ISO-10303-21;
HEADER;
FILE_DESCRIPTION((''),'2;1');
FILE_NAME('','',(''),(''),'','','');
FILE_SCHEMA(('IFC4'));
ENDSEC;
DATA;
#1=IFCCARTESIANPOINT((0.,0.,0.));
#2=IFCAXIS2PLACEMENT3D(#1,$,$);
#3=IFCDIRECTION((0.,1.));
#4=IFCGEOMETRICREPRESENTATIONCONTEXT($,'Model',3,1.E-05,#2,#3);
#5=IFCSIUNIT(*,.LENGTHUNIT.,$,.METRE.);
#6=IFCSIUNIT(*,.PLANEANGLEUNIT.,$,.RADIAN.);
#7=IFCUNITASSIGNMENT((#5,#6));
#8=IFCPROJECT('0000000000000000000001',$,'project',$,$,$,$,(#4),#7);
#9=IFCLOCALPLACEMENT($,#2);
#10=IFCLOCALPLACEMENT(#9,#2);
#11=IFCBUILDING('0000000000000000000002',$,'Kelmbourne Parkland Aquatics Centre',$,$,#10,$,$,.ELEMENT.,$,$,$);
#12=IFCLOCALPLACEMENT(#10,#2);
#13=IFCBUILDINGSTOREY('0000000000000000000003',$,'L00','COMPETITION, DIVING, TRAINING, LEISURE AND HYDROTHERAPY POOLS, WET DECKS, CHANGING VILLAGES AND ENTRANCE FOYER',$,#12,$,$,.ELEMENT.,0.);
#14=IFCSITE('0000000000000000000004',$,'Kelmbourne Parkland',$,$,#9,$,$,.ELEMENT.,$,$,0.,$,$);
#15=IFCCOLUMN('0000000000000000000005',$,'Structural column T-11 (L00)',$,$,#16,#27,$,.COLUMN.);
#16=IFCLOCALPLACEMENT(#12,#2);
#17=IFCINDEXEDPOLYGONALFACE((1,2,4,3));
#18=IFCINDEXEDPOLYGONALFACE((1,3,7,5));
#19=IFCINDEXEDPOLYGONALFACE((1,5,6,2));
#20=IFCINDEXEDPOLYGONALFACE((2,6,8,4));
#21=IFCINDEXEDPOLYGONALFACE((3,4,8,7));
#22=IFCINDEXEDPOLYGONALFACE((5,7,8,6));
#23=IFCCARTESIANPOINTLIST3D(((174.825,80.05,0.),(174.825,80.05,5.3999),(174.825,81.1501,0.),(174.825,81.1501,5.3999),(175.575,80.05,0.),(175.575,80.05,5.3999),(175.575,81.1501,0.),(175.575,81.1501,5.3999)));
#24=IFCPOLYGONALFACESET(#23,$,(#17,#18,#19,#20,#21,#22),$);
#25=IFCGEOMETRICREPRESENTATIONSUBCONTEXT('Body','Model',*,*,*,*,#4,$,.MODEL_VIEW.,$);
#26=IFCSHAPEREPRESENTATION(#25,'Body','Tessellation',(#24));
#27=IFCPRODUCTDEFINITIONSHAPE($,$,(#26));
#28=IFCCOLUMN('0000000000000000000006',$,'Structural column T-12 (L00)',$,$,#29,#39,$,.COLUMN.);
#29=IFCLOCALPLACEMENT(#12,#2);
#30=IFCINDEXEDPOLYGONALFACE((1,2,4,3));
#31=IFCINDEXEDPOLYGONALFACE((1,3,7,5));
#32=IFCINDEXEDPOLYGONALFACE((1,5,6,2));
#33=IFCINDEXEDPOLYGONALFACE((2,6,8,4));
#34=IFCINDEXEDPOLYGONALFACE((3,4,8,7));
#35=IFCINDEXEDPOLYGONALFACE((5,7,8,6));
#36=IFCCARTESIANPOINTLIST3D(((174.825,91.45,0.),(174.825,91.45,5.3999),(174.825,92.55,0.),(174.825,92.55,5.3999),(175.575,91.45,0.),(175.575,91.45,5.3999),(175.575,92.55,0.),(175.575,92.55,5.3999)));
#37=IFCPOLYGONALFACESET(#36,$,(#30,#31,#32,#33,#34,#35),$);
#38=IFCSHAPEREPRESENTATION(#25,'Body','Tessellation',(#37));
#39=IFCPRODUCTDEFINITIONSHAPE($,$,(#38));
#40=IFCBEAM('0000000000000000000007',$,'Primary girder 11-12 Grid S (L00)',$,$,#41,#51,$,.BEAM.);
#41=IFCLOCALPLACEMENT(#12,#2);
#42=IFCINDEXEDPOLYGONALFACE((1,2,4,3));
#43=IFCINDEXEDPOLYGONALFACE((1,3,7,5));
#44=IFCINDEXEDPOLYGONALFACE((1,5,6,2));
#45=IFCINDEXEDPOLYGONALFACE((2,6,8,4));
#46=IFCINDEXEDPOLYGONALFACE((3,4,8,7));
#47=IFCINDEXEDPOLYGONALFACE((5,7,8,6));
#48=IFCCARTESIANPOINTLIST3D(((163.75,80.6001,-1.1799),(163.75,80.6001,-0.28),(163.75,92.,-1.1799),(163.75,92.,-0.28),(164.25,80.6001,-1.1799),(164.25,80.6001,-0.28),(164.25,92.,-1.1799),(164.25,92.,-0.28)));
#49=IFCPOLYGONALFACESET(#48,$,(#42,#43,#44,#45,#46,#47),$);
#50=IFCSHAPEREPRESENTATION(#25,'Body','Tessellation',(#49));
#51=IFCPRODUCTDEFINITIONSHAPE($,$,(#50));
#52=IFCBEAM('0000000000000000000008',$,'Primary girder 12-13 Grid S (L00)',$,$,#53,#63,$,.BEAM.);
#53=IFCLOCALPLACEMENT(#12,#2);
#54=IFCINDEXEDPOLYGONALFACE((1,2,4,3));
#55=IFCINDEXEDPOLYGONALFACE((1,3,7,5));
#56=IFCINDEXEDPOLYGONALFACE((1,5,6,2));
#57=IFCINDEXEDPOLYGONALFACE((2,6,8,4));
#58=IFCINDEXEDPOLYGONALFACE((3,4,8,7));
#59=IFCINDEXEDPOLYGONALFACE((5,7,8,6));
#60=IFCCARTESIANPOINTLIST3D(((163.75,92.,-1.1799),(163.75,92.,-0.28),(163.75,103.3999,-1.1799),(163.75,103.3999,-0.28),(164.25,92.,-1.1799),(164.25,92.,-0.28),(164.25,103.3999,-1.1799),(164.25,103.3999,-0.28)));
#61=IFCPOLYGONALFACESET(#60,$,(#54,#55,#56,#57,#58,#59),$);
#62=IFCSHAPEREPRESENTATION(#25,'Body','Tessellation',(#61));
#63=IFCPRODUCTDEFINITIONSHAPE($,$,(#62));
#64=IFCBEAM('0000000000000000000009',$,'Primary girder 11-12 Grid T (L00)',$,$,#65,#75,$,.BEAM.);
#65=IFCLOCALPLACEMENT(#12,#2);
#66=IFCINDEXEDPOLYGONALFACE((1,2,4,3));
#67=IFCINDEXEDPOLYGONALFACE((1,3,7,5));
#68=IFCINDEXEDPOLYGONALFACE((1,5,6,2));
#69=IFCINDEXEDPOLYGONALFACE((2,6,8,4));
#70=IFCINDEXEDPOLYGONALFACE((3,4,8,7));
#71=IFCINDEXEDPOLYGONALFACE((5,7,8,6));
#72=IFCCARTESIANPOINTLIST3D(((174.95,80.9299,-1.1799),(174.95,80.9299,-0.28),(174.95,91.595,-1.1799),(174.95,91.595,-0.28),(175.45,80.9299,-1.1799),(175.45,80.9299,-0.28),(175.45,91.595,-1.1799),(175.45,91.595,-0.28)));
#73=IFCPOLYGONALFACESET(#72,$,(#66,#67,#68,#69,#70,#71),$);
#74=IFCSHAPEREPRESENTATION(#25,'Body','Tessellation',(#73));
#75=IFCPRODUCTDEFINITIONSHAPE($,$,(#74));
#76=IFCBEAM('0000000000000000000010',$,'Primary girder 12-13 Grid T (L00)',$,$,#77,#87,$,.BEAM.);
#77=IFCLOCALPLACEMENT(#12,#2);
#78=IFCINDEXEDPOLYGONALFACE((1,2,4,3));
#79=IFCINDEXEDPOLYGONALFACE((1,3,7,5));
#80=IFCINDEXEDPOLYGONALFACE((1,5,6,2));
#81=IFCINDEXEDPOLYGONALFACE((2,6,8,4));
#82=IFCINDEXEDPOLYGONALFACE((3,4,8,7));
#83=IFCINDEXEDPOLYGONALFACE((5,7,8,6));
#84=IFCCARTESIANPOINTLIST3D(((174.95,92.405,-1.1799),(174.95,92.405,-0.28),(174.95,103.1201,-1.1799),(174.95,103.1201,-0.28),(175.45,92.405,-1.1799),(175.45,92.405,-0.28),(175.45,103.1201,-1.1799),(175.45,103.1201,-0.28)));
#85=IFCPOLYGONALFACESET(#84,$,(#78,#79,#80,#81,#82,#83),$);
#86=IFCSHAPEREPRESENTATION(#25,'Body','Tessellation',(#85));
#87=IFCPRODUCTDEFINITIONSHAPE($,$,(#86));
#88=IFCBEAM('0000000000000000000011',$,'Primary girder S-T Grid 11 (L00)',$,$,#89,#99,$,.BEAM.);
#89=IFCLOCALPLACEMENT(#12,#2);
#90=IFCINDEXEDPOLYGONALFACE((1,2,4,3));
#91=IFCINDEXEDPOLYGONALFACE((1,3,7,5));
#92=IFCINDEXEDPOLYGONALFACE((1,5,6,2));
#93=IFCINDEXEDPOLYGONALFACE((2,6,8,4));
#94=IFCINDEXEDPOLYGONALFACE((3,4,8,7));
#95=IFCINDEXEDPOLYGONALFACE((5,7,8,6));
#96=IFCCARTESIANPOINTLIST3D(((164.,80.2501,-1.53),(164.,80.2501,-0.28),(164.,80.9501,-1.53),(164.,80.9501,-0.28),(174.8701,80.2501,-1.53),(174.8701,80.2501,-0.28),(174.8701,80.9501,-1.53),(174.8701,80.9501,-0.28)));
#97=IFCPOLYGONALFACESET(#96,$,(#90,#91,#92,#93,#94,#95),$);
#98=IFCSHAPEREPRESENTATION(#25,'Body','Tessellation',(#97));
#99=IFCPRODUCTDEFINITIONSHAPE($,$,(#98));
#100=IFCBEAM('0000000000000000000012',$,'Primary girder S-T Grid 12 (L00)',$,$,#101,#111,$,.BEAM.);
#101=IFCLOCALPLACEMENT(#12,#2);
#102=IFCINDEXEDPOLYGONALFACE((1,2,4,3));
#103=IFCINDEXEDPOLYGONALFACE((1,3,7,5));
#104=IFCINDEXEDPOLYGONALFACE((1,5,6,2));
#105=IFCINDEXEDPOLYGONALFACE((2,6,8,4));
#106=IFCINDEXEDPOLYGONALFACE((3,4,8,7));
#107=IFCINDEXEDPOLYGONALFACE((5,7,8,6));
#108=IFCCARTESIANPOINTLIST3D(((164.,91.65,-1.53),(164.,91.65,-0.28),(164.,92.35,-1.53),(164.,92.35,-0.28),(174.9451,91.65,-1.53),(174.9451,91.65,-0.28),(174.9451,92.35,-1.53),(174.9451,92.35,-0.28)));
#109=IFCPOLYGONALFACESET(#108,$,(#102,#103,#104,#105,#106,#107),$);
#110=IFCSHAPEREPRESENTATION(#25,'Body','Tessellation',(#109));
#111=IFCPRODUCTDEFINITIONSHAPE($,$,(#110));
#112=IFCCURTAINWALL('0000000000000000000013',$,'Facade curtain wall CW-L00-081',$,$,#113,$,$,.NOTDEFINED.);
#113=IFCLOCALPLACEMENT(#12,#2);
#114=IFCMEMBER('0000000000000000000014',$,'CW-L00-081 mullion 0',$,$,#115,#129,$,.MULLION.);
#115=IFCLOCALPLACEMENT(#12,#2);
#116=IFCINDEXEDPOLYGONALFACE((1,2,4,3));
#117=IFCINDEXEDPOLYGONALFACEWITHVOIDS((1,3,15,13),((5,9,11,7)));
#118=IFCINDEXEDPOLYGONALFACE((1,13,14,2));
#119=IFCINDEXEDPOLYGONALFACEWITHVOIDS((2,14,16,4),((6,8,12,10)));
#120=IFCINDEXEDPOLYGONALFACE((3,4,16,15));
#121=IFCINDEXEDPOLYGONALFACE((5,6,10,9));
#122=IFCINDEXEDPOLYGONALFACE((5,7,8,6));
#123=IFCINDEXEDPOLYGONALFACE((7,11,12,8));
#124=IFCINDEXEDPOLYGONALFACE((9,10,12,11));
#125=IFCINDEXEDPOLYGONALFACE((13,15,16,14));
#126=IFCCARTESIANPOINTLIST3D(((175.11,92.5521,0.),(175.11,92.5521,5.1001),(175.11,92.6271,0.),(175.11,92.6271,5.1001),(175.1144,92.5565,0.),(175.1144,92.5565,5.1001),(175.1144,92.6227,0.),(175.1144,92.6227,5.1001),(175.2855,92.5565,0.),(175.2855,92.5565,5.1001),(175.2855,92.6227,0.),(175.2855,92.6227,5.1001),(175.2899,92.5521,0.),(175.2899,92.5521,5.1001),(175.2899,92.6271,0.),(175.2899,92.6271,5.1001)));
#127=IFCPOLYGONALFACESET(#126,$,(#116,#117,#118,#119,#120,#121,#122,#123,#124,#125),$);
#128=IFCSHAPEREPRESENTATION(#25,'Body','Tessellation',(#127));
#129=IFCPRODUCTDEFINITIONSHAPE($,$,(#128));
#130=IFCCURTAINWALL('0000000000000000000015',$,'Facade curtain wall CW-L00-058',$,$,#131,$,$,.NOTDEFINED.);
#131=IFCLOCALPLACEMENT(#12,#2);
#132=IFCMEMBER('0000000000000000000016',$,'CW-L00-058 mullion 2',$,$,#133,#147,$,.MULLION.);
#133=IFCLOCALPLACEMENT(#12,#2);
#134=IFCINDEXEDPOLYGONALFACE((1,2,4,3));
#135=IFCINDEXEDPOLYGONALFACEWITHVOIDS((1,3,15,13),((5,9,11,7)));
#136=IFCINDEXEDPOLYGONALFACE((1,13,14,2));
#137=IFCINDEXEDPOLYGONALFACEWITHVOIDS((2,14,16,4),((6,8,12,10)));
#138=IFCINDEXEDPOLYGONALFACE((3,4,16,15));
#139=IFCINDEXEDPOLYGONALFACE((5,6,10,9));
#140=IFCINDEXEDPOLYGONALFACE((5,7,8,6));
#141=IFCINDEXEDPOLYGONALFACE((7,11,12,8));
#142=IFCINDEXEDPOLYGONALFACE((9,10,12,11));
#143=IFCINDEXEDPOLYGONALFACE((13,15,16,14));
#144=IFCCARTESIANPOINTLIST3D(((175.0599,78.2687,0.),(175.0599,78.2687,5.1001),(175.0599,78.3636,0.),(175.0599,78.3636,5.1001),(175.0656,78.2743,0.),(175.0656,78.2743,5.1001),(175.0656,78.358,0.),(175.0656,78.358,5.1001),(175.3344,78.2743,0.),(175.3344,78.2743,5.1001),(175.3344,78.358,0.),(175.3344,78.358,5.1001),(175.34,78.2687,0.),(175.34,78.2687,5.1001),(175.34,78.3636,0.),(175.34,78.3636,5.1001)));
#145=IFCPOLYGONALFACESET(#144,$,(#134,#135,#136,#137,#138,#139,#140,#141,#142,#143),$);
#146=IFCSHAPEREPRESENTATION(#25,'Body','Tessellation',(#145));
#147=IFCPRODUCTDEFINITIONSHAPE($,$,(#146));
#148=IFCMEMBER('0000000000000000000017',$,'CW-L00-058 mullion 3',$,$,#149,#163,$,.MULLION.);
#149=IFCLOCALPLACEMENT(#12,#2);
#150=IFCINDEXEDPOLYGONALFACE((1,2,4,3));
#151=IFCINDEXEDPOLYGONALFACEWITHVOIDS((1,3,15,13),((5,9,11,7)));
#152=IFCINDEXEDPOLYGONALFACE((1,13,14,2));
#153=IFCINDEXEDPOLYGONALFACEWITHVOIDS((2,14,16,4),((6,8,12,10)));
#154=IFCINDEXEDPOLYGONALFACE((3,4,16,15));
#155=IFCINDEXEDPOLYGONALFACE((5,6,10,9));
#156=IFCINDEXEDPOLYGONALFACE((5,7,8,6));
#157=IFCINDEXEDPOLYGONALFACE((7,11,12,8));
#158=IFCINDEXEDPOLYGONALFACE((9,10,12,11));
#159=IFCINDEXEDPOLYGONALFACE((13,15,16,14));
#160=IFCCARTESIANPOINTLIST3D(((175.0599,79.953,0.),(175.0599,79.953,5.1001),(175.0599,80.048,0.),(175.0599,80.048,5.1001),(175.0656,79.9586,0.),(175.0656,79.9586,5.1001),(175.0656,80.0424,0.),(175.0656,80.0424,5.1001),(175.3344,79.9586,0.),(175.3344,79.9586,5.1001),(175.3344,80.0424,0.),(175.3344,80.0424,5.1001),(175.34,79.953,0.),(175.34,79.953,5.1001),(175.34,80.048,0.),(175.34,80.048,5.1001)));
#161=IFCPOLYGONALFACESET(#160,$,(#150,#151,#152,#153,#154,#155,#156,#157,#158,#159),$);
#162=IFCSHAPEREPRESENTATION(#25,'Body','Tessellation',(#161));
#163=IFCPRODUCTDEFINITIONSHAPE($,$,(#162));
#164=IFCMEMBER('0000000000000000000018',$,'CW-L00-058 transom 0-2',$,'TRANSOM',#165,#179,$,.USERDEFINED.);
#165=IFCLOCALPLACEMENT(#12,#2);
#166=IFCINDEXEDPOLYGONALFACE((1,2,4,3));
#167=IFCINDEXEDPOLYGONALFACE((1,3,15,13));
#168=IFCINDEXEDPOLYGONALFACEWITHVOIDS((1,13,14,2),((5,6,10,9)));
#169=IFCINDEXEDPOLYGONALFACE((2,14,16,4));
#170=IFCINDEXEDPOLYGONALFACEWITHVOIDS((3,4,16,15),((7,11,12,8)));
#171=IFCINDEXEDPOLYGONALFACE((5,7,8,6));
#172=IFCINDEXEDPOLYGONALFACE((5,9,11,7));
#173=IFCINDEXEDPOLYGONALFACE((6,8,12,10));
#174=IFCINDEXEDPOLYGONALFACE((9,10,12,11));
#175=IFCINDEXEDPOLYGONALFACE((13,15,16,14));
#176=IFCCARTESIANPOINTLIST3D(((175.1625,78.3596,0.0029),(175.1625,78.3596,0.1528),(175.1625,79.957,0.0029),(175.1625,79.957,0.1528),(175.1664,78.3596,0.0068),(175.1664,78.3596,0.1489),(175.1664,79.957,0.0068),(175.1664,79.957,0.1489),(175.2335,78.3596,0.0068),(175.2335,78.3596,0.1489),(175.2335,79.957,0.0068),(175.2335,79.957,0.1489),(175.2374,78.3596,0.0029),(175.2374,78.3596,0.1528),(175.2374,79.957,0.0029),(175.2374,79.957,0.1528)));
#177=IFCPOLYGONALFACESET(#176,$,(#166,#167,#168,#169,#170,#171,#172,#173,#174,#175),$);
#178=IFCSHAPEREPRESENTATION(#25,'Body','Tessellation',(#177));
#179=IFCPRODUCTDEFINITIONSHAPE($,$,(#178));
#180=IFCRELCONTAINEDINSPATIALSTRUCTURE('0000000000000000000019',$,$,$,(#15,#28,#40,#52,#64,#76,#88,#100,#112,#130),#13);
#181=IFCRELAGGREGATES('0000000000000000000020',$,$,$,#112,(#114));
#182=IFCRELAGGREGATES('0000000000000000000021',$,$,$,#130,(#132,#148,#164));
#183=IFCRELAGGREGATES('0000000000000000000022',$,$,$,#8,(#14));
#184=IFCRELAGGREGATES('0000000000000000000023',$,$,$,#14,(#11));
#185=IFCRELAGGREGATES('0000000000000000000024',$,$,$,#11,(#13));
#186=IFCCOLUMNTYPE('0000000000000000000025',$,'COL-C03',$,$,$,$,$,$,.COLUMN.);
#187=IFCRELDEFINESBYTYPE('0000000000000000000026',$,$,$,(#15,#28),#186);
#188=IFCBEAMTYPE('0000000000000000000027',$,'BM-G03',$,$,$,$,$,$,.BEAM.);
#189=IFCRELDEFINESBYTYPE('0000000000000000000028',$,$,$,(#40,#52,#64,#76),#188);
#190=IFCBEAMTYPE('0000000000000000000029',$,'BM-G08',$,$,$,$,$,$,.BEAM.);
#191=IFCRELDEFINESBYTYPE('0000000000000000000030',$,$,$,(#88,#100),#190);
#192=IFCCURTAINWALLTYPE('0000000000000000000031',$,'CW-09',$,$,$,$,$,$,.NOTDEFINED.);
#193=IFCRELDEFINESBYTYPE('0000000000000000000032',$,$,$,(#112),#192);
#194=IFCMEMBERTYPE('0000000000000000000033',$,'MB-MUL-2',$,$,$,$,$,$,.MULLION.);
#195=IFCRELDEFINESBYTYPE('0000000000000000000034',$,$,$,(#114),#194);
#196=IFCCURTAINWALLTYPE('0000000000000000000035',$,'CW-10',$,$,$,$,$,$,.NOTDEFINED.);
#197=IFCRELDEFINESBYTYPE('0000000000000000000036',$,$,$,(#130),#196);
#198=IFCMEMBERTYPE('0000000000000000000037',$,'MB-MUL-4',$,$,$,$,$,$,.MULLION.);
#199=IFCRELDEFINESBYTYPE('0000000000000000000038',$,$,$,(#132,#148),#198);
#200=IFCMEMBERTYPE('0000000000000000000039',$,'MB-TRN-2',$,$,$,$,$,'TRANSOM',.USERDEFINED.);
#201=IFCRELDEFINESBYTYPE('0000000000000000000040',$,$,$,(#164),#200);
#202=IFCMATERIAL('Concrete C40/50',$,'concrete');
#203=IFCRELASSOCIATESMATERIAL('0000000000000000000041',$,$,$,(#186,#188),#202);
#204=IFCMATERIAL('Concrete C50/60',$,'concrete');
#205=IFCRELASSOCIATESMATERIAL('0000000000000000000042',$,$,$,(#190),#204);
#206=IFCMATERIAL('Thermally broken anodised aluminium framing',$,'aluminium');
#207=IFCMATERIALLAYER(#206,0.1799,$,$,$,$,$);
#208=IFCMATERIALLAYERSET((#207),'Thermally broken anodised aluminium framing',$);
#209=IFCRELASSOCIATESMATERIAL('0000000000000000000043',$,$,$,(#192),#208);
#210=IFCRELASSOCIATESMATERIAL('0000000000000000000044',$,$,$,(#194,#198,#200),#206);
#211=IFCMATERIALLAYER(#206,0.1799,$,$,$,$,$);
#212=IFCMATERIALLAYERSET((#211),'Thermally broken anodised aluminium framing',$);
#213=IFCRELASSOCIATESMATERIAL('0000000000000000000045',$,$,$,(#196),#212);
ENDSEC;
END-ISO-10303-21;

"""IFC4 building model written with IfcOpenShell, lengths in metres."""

from ifc_helpers import new_model, si_unit, direction, frame, origin, origin_2d, place, context, subcontext, project, spatial, rectangle, hollow_rectangle, extrude, material, layer, layer_set, material_profile, profile_set, type_object, element, aggregate, save


model = new_model("IFC4")

# Units and contexts
model_context = context("Model", 3, precision=1e-05, world=origin(), true_north=direction((0.0, 1.0)))
body_context = subcontext(model_context, "Body", "Model", "MODEL_VIEW")
ifc_project = project(units=[si_unit("LENGTHUNIT", "METRE"), si_unit("PLANEANGLEUNIT", "RADIAN")], contexts=[model_context])

# Site, building, storey
site_placement = place(None, origin())
site = spatial("IfcSite", under=ifc_project, at=site_placement, Name="Kelmbourne Parkland", CompositionType="ELEMENT", RefElevation=0.0)
building_placement = place(site_placement, origin())
building = spatial("IfcBuilding", under=site, at=building_placement, Name="Kelmbourne Parkland Aquatics Centre", CompositionType="ELEMENT")
storey_placement = place(building_placement, origin())
storey = spatial("IfcBuildingStorey", under=building, at=storey_placement, Name="L00", Description="COMPETITION, DIVING, TRAINING, LEISURE AND HYDROTHERAPY POOLS, WET DECKS, CHANGING VILLAGES AND ENTRANCE FOYER", CompositionType="ELEMENT", Elevation=0.0)

# Columns
ifc_material_1 = material(Name="Concrete C40/50", Category="concrete")
ifc_material_profile_1 = material_profile(ifc_material_1, rectangle(XDim=0.75, YDim=1.1001, at=origin_2d()), Name="RC 750x1100")
ifc_profile_set_1 = profile_set([ifc_material_profile_1], Name="Concrete C40/50")
column_type = type_object("IfcColumnType", Name="COL-C03", PredefinedType="COLUMN", material=ifc_profile_set_1)
for number, where, z_axis, x_axis, name in (
    (1, (175.2, 80.6001, 0.0), (0.0, 0.0, 1.0), (1.0, 0.0, 0.0), "Structural column T-11 (L00)"),
    (2, (175.2, 92.0, 0.0), (0.0, 0.0, 1.0), (1.0, 0.0, 0.0), "Structural column T-12 (L00)"),
):
    element("IfcColumn", number, at=place(storey_placement, frame(where, z_axis=z_axis, x_axis=x_axis)), inside=storey, type_object=column_type, Name=name, PredefinedType="COLUMN", context=body_context, shape_type="SweptSolid", body=[
        extrude(rectangle(XDim=0.75, YDim=1.1001, at=origin_2d()), origin(), (0.0, 0.0, 1.0), 5.3999),
    ])

# Beams
ifc_material_profile_2 = material_profile(ifc_material_1, rectangle(XDim=0.5, YDim=0.8999, at=origin_2d()), Name="RC 500x900")
ifc_profile_set_2 = profile_set([ifc_material_profile_2], Name="Concrete C40/50")
beam_type_1 = type_object("IfcBeamType", Name="BM-G03", PredefinedType="BEAM", material=ifc_profile_set_2)
for number, where, z_axis, x_axis, name in (
    (3, (164.0, 80.6001, -0.73), (0.0, 1.0, 0.0), (-1.0, 0.0, 0.0), "Primary girder 11-12 Grid S (L00)"),
    (4, (164.0, 92.0, -0.73), (0.0, 1.0, 0.0), (-1.0, 0.0, 0.0), "Primary girder 12-13 Grid S (L00)"),
):
    element("IfcBeam", number, at=place(storey_placement, frame(where, z_axis=z_axis, x_axis=x_axis)), inside=storey, type_object=beam_type_1, Name=name, PredefinedType="BEAM", context=body_context, shape_type="SweptSolid", body=[
        extrude(rectangle(XDim=0.5, YDim=0.8999, at=origin_2d()), origin(), (0.0, 0.0, 1.0), 11.3999),
    ])
beam_1_placement = place(storey_placement, frame((175.2, 80.9299, -0.73), z_axis=(0.0, 1.0, 0.0), x_axis=(-1.0, 0.0, 0.0)))
element("IfcBeam", 5, at=beam_1_placement, inside=storey, type_object=beam_type_1, Name="Primary girder 11-12 Grid T (L00)", PredefinedType="BEAM", context=body_context, shape_type="SweptSolid", body=[
    extrude(rectangle(XDim=0.5, YDim=0.8999, at=origin_2d()), origin(), (0.0, 0.0, 1.0), 10.665),
])
beam_2_placement = place(storey_placement, frame((175.2, 92.405, -0.73), z_axis=(0.0, 1.0, 0.0), x_axis=(-1.0, 0.0, 0.0)))
element("IfcBeam", 6, at=beam_2_placement, inside=storey, type_object=beam_type_1, Name="Primary girder 12-13 Grid T (L00)", PredefinedType="BEAM", context=body_context, shape_type="SweptSolid", body=[
    extrude(rectangle(XDim=0.5, YDim=0.8999, at=origin_2d()), origin(), (0.0, 0.0, 1.0), 10.7151),
])
ifc_material_2 = material(Name="Concrete C50/60", Category="concrete")
ifc_material_profile_3 = material_profile(ifc_material_2, rectangle(XDim=0.7, YDim=1.25, at=origin_2d()), Name="RC 700x1250")
ifc_profile_set_3 = profile_set([ifc_material_profile_3], Name="Concrete C50/60")
beam_type_2 = type_object("IfcBeamType", Name="BM-G08", PredefinedType="BEAM", material=ifc_profile_set_3)
beam_3_placement = place(storey_placement, frame((164.0, 80.6001, -0.905), z_axis=(1.0, 0.0, 0.0), x_axis=(0.0, 1.0, 0.0)))
element("IfcBeam", 7, at=beam_3_placement, inside=storey, type_object=beam_type_2, Name="Primary girder S-T Grid 11 (L00)", PredefinedType="BEAM", context=body_context, shape_type="SweptSolid", body=[
    extrude(rectangle(XDim=0.7, YDim=1.25, at=origin_2d()), origin(), (0.0, 0.0, 1.0), 10.8701),
])
beam_4_placement = place(storey_placement, frame((164.0, 92.0, -0.905), z_axis=(1.0, 0.0, 0.0), x_axis=(0.0, 1.0, 0.0)))
element("IfcBeam", 8, at=beam_4_placement, inside=storey, type_object=beam_type_2, Name="Primary girder S-T Grid 12 (L00)", PredefinedType="BEAM", context=body_context, shape_type="SweptSolid", body=[
    extrude(rectangle(XDim=0.7, YDim=1.25, at=origin_2d()), origin(), (0.0, 0.0, 1.0), 10.9451),
])

# Curtain wall, member
ifc_material_3 = material(Name="Thermally broken anodised aluminium framing", Category="aluminium")
ifc_layer_1 = layer(ifc_material_3, 0.1799)
ifc_layer_set_1 = layer_set([ifc_layer_1], Name="Thermally broken anodised aluminium framing")
curtain_wall_type_1 = type_object("IfcCurtainWallType", Name="CW-09", PredefinedType="NOTDEFINED", material=ifc_layer_set_1)
curtain_wall_1_placement = place(storey_placement, origin())
curtain_wall_1 = element("IfcCurtainWall", 9, at=curtain_wall_1_placement, inside=storey, type_object=curtain_wall_type_1, Name="Facade curtain wall CW-L00-081", PredefinedType="NOTDEFINED")
ifc_material_profile_4 = material_profile(ifc_material_3, hollow_rectangle(XDim=0.075, YDim=0.1799, WallThickness=0.0044, at=origin_2d()), Name="CW-M 75x180")
ifc_profile_set_4 = profile_set([ifc_material_profile_4], Name="Thermally broken anodised aluminium framing")
member_type_1 = type_object("IfcMemberType", Name="MB-MUL-2", PredefinedType="MULLION", material=ifc_profile_set_4)
member_1_placement = place(storey_placement, frame((175.2, 92.5896, 0.0), z_axis=(0.0, 0.0, 1.0), x_axis=(0.0, 1.0, 0.0)))
member_1 = element("IfcMember", 10, at=member_1_placement, type_object=member_type_1, Name="CW-L00-081 mullion 0", PredefinedType="MULLION", context=body_context, shape_type="SweptSolid", body=[
    extrude(hollow_rectangle(XDim=0.075, YDim=0.1799, WallThickness=0.0044, at=origin_2d()), origin(), (0.0, 0.0, 1.0), 5.1001),
])
aggregate(curtain_wall_1, [member_1])

# Curtain wall, members
ifc_layer_2 = layer(ifc_material_3, 0.1799)
ifc_layer_set_2 = layer_set([ifc_layer_2], Name="Thermally broken anodised aluminium framing")
curtain_wall_type_2 = type_object("IfcCurtainWallType", Name="CW-10", PredefinedType="NOTDEFINED", material=ifc_layer_set_2)
curtain_wall_2_placement = place(storey_placement, origin())
curtain_wall_2 = element("IfcCurtainWall", 11, at=curtain_wall_2_placement, inside=storey, type_object=curtain_wall_type_2, Name="Facade curtain wall CW-L00-058", PredefinedType="NOTDEFINED")
ifc_material_profile_5 = material_profile(ifc_material_3, hollow_rectangle(XDim=0.095, YDim=0.28, WallThickness=0.0056, at=origin_2d()), Name="CW-M 95x280")
ifc_profile_set_5 = profile_set([ifc_material_profile_5], Name="Thermally broken anodised aluminium framing")
member_type_2 = type_object("IfcMemberType", Name="MB-MUL-4", PredefinedType="MULLION", material=ifc_profile_set_5)
member_2_placement = place(storey_placement, frame((175.2, 78.3162, 0.0), z_axis=(0.0, 0.0, 1.0), x_axis=(0.0, 1.0, 0.0)))
member_2 = element("IfcMember", 12, at=member_2_placement, type_object=member_type_2, Name="CW-L00-058 mullion 2", PredefinedType="MULLION", context=body_context, shape_type="SweptSolid", body=[
    extrude(hollow_rectangle(XDim=0.095, YDim=0.28, WallThickness=0.0056, at=origin_2d()), origin(), (0.0, 0.0, 1.0), 5.1001),
])
member_3_placement = place(storey_placement, frame((175.2, 80.0005, 0.0), z_axis=(0.0, 0.0, 1.0), x_axis=(0.0, 1.0, 0.0)))
member_3 = element("IfcMember", 13, at=member_3_placement, type_object=member_type_2, Name="CW-L00-058 mullion 3", PredefinedType="MULLION", context=body_context, shape_type="SweptSolid", body=[
    extrude(hollow_rectangle(XDim=0.095, YDim=0.28, WallThickness=0.0056, at=origin_2d()), origin(), (0.0, 0.0, 1.0), 5.1001),
])
ifc_material_profile_6 = material_profile(ifc_material_3, hollow_rectangle(XDim=0.075, YDim=0.1499, WallThickness=0.0039, at=origin_2d()), Name="CW-T 75x150")
ifc_profile_set_6 = profile_set([ifc_material_profile_6], Name="Thermally broken anodised aluminium framing")
member_type_3 = type_object("IfcMemberType", Name="MB-TRN-2", ElementType="TRANSOM", PredefinedType="USERDEFINED", material=ifc_profile_set_6)
member_4_placement = place(storey_placement, frame((175.2, 78.3596, 0.0779), z_axis=(0.0, 1.0, 0.0), x_axis=(-1.0, 0.0, 0.0)))
member_4 = element("IfcMember", 14, at=member_4_placement, type_object=member_type_3, Name="CW-L00-058 transom 0-2", ObjectType="TRANSOM", PredefinedType="USERDEFINED", context=body_context, shape_type="SweptSolid", body=[
    extrude(hollow_rectangle(XDim=0.075, YDim=0.1499, WallThickness=0.0039, at=origin_2d()), origin(), (0.0, 0.0, 1.0), 1.5974),
])
aggregate(curtain_wall_2, [member_2, member_3, member_4])

save(model, "model.ifc")
